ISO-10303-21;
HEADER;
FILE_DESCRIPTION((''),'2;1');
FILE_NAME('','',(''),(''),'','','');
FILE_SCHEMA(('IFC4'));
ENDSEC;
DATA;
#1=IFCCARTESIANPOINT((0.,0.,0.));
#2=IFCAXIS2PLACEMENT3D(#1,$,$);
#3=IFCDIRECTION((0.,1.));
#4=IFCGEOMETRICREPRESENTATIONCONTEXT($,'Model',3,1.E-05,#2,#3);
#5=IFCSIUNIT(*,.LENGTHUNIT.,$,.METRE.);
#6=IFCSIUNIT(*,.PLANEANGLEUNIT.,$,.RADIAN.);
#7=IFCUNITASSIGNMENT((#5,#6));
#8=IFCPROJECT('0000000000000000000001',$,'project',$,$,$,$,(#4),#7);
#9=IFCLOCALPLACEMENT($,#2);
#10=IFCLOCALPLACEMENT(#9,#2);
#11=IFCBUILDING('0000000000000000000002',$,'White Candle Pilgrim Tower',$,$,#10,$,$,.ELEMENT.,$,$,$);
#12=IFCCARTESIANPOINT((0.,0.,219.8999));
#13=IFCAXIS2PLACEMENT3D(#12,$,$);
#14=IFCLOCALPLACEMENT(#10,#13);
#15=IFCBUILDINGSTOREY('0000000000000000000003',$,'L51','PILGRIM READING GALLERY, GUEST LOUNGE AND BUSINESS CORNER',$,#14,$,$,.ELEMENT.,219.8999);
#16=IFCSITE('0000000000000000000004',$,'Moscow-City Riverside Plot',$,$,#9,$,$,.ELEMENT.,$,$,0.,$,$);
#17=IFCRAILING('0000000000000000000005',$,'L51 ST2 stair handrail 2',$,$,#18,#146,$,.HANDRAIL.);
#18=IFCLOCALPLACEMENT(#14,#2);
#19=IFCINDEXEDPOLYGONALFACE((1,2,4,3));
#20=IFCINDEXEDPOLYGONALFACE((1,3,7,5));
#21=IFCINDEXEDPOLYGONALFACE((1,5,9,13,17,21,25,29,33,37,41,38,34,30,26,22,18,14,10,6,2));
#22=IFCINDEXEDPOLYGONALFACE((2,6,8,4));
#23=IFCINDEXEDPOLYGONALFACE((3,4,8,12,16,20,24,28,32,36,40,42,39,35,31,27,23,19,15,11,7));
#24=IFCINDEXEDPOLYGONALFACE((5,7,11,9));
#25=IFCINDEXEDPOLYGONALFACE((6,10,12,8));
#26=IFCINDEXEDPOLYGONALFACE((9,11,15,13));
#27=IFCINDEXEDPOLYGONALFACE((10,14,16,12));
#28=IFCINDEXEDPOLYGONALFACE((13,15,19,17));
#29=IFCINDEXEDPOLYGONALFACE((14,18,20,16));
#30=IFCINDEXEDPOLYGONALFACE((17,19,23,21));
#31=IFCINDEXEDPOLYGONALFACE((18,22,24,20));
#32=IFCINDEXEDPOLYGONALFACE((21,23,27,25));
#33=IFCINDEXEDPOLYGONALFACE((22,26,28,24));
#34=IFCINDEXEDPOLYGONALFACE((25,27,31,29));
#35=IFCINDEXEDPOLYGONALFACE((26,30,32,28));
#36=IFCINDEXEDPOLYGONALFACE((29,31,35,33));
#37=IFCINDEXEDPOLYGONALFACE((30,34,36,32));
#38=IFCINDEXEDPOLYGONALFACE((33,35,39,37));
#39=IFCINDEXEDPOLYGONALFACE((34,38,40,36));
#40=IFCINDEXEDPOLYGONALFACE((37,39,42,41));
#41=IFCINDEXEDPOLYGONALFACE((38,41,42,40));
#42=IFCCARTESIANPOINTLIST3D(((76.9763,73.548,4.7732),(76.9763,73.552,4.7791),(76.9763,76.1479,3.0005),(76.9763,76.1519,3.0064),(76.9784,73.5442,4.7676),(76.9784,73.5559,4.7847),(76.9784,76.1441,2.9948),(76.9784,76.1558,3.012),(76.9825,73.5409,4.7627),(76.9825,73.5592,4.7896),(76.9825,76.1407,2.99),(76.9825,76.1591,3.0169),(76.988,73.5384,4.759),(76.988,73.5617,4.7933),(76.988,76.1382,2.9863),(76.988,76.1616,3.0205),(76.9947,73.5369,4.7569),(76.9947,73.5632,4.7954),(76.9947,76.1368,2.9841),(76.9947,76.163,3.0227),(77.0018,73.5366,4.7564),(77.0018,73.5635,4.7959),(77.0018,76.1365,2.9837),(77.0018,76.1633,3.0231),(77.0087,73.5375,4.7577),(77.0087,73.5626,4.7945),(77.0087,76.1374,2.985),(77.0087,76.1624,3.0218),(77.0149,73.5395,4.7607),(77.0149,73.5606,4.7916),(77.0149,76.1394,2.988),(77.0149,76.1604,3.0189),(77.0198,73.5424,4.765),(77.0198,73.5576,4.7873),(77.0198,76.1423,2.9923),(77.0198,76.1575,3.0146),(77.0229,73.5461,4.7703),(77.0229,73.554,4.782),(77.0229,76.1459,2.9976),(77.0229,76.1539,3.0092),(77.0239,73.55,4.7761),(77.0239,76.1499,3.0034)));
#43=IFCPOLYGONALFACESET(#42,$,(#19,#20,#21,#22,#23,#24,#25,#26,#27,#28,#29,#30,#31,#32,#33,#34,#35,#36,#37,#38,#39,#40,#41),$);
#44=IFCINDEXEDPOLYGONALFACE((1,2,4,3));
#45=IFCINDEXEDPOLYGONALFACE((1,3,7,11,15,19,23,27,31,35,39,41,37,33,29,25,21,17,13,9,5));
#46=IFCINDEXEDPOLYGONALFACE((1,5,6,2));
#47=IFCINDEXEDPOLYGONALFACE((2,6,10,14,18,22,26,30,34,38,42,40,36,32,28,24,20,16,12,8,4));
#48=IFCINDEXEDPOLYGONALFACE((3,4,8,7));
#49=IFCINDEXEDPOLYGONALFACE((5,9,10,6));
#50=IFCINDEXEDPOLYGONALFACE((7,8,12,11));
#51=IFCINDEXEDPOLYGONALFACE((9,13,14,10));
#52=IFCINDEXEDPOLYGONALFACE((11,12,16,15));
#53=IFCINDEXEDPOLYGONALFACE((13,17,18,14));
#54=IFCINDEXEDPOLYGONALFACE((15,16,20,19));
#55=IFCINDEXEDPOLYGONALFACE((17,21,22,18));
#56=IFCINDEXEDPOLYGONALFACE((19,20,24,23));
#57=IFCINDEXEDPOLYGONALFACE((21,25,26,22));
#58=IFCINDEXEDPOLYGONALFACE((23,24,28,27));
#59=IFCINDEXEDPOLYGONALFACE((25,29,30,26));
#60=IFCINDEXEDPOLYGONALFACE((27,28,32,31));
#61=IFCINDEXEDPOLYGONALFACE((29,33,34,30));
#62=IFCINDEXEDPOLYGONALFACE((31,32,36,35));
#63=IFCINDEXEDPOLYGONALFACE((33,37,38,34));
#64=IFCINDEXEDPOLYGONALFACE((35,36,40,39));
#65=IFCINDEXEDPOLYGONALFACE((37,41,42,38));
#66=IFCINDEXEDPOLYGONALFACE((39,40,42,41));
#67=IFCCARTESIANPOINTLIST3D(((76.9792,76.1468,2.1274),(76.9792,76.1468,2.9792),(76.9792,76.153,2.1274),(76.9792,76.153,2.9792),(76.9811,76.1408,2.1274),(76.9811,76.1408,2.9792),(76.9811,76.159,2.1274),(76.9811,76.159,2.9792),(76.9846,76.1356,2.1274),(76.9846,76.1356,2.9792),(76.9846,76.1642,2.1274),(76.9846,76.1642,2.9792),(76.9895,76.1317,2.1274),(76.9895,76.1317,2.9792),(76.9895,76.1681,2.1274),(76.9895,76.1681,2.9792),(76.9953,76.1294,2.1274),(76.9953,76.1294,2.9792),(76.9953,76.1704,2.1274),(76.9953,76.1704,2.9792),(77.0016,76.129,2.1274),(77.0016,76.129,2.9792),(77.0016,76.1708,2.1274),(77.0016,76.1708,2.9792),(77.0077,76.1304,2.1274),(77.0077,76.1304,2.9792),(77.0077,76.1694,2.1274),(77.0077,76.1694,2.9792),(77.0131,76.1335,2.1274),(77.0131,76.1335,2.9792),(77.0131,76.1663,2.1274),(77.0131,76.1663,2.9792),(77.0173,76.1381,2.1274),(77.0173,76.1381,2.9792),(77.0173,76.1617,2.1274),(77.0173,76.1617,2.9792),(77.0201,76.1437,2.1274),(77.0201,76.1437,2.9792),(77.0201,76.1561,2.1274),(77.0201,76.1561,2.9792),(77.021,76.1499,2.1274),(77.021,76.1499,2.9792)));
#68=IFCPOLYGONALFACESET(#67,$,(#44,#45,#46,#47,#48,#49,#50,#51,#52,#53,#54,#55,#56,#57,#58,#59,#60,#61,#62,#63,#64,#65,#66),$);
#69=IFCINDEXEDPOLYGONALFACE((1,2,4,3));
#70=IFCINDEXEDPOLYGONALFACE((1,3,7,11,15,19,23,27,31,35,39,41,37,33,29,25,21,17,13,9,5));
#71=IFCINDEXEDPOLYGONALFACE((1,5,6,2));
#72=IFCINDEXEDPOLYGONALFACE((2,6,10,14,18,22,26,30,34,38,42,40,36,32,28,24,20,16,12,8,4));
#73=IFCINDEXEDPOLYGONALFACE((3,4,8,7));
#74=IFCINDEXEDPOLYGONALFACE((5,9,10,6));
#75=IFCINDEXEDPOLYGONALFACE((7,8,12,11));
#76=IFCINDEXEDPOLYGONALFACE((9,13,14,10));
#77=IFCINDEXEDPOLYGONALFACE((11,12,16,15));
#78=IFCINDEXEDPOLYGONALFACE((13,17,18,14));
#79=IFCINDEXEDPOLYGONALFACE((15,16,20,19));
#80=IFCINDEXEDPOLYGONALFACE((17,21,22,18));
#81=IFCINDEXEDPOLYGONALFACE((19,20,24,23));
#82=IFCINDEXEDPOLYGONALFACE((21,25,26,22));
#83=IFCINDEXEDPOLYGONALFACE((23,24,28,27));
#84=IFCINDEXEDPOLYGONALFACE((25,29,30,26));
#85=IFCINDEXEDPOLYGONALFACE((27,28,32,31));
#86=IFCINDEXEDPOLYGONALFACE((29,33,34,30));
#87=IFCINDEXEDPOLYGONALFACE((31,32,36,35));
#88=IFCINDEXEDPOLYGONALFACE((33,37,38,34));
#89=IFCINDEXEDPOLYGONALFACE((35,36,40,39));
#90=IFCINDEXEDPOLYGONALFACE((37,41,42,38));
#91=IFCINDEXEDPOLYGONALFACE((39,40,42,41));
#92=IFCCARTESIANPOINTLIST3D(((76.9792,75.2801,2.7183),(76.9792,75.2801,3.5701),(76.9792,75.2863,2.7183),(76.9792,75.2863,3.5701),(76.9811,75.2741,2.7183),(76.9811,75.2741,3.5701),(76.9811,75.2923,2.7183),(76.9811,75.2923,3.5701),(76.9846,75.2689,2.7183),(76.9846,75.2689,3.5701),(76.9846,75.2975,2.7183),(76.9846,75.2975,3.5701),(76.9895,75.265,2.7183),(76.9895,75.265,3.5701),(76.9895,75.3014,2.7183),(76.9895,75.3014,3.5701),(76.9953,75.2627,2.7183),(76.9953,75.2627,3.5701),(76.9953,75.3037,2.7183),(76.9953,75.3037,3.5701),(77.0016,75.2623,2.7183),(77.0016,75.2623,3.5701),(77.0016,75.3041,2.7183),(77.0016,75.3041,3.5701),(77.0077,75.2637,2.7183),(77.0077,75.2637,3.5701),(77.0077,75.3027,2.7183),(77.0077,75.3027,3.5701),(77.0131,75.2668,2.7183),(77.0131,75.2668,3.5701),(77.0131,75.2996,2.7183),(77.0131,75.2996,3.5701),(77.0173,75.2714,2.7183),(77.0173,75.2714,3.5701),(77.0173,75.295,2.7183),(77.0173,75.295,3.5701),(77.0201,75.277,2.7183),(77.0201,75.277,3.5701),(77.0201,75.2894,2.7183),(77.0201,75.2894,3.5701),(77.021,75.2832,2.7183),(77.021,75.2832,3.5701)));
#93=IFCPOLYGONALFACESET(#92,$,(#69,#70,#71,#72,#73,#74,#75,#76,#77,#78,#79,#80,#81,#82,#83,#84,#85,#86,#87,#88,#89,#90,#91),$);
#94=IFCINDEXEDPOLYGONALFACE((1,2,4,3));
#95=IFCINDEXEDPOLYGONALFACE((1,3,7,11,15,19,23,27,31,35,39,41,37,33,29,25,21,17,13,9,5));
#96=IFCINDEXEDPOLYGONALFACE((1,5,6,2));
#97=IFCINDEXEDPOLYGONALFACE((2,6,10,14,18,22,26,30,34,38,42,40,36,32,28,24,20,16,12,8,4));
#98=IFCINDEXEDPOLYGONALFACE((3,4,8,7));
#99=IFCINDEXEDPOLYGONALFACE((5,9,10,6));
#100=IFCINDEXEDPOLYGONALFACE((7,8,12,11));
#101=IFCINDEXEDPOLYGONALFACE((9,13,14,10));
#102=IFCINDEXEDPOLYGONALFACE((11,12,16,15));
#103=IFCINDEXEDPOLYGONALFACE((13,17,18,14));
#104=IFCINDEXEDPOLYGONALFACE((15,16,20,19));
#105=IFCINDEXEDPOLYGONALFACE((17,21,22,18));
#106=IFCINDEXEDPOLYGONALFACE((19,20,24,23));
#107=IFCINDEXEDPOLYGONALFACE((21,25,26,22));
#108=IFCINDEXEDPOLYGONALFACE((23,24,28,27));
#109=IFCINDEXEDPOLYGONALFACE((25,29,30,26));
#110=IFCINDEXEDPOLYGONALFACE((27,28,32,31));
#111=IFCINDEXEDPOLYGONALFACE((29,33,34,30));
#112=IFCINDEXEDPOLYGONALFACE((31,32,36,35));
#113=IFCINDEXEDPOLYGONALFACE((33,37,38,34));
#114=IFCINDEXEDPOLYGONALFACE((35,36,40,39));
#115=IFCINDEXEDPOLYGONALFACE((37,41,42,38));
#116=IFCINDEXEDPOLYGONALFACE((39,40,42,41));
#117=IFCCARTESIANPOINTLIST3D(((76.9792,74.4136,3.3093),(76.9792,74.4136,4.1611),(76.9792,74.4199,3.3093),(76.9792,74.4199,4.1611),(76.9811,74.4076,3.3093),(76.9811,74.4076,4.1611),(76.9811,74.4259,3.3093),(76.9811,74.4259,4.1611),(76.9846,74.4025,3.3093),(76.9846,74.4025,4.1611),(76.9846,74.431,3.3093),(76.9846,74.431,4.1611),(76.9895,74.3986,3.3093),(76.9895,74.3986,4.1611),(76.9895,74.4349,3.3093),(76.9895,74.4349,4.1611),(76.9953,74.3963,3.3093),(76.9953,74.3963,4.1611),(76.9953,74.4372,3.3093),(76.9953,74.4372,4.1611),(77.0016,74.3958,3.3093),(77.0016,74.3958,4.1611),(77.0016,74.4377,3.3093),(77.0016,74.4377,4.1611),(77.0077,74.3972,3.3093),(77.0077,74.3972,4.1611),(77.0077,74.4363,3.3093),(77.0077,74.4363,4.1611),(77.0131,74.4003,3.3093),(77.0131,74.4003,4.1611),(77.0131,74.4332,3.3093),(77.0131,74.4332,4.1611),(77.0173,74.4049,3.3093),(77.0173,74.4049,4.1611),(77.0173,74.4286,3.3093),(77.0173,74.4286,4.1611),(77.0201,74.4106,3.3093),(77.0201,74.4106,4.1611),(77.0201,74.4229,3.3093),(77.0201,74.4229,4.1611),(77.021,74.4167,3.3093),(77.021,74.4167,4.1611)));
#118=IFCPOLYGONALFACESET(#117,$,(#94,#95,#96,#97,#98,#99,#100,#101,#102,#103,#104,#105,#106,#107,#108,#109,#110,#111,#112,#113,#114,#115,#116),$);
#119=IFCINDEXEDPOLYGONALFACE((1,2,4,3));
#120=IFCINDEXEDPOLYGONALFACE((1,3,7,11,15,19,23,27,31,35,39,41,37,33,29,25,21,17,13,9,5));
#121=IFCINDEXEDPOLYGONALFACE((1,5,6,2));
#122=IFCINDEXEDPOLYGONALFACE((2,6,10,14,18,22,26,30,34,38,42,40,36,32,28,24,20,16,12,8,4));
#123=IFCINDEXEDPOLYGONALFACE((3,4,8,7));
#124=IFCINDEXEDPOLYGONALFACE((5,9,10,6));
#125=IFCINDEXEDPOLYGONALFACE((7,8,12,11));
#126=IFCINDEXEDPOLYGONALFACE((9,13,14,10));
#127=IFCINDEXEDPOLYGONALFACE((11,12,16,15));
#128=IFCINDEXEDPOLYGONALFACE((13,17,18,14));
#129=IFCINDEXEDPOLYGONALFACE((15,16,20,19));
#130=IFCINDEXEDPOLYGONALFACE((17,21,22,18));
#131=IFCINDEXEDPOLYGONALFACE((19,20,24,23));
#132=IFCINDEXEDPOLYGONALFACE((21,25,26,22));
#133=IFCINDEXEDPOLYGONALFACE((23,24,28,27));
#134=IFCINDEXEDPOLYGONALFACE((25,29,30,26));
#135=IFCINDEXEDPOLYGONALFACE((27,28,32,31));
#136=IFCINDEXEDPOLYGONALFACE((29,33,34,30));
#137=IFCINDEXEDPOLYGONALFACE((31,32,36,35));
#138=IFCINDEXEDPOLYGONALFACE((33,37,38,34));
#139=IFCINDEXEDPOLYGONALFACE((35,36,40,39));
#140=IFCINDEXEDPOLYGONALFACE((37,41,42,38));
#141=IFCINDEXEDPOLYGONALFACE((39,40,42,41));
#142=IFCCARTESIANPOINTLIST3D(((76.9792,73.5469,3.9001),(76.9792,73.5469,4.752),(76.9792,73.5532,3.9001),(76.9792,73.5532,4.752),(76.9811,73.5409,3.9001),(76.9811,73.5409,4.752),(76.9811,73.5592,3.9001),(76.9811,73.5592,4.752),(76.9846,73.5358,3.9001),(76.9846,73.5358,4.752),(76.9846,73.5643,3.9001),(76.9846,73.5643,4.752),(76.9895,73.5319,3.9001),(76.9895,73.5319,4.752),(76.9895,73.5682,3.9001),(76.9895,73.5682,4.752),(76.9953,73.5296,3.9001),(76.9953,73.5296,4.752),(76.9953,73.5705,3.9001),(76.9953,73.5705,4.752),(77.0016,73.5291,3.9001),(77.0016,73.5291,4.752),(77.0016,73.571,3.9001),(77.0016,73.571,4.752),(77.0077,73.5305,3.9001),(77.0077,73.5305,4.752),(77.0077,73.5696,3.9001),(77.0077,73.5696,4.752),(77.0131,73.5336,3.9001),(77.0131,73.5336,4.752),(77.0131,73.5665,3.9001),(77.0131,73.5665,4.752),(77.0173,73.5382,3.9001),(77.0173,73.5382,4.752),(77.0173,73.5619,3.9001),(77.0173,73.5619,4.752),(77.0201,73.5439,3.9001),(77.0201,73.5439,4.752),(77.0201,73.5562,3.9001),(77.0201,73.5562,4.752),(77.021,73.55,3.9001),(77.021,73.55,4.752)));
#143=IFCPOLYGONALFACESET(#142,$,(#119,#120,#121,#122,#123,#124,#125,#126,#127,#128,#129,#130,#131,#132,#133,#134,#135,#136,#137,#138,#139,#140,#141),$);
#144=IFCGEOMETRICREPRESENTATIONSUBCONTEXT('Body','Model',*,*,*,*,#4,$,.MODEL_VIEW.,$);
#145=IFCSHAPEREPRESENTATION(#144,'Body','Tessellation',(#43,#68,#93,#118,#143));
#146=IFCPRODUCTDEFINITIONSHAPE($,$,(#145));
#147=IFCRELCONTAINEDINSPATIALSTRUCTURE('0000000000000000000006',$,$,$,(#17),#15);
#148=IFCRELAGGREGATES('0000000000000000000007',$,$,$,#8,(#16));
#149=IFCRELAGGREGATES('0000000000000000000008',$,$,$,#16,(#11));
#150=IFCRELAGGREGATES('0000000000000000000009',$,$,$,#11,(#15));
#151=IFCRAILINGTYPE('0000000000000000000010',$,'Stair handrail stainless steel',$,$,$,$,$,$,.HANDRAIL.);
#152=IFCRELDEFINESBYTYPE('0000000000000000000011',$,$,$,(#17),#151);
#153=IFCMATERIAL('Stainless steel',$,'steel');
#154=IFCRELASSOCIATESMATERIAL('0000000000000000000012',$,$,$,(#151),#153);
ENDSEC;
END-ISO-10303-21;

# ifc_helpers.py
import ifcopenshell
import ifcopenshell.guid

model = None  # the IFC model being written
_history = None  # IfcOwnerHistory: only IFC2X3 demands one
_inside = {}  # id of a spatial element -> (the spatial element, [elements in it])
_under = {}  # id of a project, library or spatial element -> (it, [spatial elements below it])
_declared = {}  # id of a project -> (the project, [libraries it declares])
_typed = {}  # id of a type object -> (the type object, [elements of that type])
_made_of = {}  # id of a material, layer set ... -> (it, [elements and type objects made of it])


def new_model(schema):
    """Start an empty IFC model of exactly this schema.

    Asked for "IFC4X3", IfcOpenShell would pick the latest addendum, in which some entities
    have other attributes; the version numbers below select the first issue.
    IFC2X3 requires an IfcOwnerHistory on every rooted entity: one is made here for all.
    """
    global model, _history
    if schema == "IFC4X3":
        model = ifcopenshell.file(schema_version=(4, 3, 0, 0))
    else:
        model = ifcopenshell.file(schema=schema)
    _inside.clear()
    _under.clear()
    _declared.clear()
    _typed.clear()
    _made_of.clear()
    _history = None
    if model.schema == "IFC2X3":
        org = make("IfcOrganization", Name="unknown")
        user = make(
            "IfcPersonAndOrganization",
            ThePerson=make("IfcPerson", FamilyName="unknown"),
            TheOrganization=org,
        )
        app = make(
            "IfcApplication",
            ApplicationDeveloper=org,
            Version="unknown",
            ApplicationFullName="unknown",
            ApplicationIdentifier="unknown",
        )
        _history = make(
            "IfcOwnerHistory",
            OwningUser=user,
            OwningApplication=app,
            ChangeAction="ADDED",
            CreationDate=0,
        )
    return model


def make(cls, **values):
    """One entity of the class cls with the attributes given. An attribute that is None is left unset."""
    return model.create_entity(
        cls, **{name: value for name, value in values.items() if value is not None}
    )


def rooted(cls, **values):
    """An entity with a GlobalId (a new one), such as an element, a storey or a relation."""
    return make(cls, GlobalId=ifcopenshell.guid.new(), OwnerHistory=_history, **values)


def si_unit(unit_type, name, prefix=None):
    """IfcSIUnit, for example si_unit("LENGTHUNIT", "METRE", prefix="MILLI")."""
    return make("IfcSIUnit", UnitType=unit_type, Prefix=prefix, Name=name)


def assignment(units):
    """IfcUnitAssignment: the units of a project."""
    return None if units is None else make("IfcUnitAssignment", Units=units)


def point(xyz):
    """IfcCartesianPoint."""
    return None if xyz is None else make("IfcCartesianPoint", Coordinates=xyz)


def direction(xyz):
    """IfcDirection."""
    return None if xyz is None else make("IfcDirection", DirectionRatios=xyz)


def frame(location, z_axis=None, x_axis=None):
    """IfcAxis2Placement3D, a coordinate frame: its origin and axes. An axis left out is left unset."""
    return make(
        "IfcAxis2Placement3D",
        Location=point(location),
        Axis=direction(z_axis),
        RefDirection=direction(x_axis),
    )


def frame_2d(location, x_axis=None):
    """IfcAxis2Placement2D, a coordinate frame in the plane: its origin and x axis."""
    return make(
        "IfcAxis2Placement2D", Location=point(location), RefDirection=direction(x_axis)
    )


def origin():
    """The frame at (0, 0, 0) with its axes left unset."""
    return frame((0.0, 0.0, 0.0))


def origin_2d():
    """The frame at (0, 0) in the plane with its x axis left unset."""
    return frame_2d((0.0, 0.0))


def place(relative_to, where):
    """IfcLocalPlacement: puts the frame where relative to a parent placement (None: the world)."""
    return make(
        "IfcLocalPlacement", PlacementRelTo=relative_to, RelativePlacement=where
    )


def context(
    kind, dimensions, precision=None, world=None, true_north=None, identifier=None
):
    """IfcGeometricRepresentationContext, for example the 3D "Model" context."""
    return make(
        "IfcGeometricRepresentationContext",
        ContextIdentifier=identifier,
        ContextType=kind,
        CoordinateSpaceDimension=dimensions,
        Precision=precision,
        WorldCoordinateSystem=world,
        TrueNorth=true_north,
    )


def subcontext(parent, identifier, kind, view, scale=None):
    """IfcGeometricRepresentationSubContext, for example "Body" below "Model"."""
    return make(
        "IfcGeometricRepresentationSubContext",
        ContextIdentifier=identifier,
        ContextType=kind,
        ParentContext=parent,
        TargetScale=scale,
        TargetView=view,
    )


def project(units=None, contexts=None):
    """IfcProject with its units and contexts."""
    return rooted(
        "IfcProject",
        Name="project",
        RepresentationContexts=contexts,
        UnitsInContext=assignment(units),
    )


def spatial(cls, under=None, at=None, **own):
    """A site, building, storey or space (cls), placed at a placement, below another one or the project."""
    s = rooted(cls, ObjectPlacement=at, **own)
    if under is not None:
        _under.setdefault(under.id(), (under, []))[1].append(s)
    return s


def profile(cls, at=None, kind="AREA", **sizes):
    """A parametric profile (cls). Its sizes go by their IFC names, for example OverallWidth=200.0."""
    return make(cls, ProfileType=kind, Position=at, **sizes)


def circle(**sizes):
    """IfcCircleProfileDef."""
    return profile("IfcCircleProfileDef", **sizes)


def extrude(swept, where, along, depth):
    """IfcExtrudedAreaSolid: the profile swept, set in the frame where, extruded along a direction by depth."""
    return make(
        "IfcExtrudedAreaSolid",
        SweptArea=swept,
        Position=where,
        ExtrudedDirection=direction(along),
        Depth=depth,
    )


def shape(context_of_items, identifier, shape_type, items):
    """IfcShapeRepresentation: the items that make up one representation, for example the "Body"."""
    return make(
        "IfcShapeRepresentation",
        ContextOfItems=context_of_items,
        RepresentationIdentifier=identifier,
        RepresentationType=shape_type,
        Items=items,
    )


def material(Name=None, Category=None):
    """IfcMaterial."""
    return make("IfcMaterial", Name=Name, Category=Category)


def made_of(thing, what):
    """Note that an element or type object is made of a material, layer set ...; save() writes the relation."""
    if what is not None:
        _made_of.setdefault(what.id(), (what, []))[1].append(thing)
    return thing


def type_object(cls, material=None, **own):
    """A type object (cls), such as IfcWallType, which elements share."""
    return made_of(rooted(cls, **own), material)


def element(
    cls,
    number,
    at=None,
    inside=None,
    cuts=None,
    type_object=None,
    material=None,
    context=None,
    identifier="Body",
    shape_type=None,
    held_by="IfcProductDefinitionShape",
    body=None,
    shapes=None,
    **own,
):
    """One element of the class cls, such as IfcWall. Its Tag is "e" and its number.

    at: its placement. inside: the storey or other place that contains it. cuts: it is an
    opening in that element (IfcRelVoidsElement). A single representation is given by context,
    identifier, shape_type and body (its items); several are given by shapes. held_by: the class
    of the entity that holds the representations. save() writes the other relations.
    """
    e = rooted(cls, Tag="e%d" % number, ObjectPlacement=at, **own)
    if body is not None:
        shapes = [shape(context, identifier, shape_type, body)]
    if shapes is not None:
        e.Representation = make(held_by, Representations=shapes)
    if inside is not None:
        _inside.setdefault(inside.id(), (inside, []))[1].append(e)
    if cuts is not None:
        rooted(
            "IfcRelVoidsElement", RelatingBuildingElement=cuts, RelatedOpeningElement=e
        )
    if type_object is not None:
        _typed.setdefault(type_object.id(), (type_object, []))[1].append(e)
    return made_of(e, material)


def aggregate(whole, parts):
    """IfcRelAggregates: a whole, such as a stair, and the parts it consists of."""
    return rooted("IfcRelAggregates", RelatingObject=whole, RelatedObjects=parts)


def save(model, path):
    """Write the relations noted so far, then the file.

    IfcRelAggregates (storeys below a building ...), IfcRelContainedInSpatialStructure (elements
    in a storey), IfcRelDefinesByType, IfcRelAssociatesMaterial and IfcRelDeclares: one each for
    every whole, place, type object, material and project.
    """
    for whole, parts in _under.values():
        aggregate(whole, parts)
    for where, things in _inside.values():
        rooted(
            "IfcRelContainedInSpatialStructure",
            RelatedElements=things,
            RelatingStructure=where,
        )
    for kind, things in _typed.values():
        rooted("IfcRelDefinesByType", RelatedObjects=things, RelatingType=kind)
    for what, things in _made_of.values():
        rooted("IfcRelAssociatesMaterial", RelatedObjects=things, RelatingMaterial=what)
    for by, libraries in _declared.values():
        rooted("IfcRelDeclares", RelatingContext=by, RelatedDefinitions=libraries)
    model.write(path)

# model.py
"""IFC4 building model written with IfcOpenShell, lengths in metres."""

from ifc_helpers import new_model, si_unit, direction, frame, origin, origin_2d, place, context, subcontext, project, spatial, circle, extrude, material, type_object, element, save


model = new_model("IFC4")

# Units and contexts
model_context = context("Model", 3, precision=1e-05, world=origin(), true_north=direction((0.0, 1.0)))
body_context = subcontext(model_context, "Body", "Model", "MODEL_VIEW")
ifc_project = project(units=[si_unit("LENGTHUNIT", "METRE"), si_unit("PLANEANGLEUNIT", "RADIAN")], contexts=[model_context])

# Site, building, storey
site_placement = place(None, origin())
site = spatial("IfcSite", under=ifc_project, at=site_placement, Name="Moscow-City Riverside Plot", CompositionType="ELEMENT", RefElevation=0.0)
building_placement = place(site_placement, origin())
building = spatial("IfcBuilding", under=site, at=building_placement, Name="White Candle Pilgrim Tower", CompositionType="ELEMENT")
storey_placement = place(building_placement, frame((0.0, 0.0, 219.8999)))
storey = spatial("IfcBuildingStorey", under=building, at=storey_placement, Name="L51", Description="PILGRIM READING GALLERY, GUEST LOUNGE AND BUSINESS CORNER", CompositionType="ELEMENT", Elevation=219.8999)

# Railing
ifc_material_1 = material(Name="Stainless steel", Category="steel")
railing_type_1 = type_object("IfcRailingType", Name="Stair handrail stainless steel", PredefinedType="HANDRAIL", material=ifc_material_1)
railing_1_placement = place(storey_placement, frame((77.0, 76.1499, 2.1274)))
element("IfcRailing", 1, at=railing_1_placement, inside=storey, type_object=railing_type_1, Name="L51 ST2 stair handrail 2", PredefinedType="HANDRAIL", context=body_context, shape_type="SweptSolid", body=[
    extrude(circle(Radius=0.0239, at=origin_2d()), frame((0.0, 0.0, 0.876), z_axis=(0.0, -0.826216, 0.563354), x_axis=(1.0, 0.0, 0.0)), (0.0, 0.0, 1.0), 3.1467),
    extrude(circle(Radius=0.021, at=origin_2d()), origin(), (0.0, 0.0, 1.0), 0.8518),
    extrude(circle(Radius=0.021, at=origin_2d()), frame((0.0, -0.8667, 0.5908)), (0.0, 0.0, 1.0), 0.8518),
    extrude(circle(Radius=0.021, at=origin_2d()), frame((0.0, -1.7332, 1.1819)), (0.0, 0.0, 1.0), 0.8518),
    extrude(circle(Radius=0.021, at=origin_2d()), frame((0.0, -2.5999, 1.7727)), (0.0, 0.0, 1.0), 0.8518),
])

save(model, "model.ifc")
